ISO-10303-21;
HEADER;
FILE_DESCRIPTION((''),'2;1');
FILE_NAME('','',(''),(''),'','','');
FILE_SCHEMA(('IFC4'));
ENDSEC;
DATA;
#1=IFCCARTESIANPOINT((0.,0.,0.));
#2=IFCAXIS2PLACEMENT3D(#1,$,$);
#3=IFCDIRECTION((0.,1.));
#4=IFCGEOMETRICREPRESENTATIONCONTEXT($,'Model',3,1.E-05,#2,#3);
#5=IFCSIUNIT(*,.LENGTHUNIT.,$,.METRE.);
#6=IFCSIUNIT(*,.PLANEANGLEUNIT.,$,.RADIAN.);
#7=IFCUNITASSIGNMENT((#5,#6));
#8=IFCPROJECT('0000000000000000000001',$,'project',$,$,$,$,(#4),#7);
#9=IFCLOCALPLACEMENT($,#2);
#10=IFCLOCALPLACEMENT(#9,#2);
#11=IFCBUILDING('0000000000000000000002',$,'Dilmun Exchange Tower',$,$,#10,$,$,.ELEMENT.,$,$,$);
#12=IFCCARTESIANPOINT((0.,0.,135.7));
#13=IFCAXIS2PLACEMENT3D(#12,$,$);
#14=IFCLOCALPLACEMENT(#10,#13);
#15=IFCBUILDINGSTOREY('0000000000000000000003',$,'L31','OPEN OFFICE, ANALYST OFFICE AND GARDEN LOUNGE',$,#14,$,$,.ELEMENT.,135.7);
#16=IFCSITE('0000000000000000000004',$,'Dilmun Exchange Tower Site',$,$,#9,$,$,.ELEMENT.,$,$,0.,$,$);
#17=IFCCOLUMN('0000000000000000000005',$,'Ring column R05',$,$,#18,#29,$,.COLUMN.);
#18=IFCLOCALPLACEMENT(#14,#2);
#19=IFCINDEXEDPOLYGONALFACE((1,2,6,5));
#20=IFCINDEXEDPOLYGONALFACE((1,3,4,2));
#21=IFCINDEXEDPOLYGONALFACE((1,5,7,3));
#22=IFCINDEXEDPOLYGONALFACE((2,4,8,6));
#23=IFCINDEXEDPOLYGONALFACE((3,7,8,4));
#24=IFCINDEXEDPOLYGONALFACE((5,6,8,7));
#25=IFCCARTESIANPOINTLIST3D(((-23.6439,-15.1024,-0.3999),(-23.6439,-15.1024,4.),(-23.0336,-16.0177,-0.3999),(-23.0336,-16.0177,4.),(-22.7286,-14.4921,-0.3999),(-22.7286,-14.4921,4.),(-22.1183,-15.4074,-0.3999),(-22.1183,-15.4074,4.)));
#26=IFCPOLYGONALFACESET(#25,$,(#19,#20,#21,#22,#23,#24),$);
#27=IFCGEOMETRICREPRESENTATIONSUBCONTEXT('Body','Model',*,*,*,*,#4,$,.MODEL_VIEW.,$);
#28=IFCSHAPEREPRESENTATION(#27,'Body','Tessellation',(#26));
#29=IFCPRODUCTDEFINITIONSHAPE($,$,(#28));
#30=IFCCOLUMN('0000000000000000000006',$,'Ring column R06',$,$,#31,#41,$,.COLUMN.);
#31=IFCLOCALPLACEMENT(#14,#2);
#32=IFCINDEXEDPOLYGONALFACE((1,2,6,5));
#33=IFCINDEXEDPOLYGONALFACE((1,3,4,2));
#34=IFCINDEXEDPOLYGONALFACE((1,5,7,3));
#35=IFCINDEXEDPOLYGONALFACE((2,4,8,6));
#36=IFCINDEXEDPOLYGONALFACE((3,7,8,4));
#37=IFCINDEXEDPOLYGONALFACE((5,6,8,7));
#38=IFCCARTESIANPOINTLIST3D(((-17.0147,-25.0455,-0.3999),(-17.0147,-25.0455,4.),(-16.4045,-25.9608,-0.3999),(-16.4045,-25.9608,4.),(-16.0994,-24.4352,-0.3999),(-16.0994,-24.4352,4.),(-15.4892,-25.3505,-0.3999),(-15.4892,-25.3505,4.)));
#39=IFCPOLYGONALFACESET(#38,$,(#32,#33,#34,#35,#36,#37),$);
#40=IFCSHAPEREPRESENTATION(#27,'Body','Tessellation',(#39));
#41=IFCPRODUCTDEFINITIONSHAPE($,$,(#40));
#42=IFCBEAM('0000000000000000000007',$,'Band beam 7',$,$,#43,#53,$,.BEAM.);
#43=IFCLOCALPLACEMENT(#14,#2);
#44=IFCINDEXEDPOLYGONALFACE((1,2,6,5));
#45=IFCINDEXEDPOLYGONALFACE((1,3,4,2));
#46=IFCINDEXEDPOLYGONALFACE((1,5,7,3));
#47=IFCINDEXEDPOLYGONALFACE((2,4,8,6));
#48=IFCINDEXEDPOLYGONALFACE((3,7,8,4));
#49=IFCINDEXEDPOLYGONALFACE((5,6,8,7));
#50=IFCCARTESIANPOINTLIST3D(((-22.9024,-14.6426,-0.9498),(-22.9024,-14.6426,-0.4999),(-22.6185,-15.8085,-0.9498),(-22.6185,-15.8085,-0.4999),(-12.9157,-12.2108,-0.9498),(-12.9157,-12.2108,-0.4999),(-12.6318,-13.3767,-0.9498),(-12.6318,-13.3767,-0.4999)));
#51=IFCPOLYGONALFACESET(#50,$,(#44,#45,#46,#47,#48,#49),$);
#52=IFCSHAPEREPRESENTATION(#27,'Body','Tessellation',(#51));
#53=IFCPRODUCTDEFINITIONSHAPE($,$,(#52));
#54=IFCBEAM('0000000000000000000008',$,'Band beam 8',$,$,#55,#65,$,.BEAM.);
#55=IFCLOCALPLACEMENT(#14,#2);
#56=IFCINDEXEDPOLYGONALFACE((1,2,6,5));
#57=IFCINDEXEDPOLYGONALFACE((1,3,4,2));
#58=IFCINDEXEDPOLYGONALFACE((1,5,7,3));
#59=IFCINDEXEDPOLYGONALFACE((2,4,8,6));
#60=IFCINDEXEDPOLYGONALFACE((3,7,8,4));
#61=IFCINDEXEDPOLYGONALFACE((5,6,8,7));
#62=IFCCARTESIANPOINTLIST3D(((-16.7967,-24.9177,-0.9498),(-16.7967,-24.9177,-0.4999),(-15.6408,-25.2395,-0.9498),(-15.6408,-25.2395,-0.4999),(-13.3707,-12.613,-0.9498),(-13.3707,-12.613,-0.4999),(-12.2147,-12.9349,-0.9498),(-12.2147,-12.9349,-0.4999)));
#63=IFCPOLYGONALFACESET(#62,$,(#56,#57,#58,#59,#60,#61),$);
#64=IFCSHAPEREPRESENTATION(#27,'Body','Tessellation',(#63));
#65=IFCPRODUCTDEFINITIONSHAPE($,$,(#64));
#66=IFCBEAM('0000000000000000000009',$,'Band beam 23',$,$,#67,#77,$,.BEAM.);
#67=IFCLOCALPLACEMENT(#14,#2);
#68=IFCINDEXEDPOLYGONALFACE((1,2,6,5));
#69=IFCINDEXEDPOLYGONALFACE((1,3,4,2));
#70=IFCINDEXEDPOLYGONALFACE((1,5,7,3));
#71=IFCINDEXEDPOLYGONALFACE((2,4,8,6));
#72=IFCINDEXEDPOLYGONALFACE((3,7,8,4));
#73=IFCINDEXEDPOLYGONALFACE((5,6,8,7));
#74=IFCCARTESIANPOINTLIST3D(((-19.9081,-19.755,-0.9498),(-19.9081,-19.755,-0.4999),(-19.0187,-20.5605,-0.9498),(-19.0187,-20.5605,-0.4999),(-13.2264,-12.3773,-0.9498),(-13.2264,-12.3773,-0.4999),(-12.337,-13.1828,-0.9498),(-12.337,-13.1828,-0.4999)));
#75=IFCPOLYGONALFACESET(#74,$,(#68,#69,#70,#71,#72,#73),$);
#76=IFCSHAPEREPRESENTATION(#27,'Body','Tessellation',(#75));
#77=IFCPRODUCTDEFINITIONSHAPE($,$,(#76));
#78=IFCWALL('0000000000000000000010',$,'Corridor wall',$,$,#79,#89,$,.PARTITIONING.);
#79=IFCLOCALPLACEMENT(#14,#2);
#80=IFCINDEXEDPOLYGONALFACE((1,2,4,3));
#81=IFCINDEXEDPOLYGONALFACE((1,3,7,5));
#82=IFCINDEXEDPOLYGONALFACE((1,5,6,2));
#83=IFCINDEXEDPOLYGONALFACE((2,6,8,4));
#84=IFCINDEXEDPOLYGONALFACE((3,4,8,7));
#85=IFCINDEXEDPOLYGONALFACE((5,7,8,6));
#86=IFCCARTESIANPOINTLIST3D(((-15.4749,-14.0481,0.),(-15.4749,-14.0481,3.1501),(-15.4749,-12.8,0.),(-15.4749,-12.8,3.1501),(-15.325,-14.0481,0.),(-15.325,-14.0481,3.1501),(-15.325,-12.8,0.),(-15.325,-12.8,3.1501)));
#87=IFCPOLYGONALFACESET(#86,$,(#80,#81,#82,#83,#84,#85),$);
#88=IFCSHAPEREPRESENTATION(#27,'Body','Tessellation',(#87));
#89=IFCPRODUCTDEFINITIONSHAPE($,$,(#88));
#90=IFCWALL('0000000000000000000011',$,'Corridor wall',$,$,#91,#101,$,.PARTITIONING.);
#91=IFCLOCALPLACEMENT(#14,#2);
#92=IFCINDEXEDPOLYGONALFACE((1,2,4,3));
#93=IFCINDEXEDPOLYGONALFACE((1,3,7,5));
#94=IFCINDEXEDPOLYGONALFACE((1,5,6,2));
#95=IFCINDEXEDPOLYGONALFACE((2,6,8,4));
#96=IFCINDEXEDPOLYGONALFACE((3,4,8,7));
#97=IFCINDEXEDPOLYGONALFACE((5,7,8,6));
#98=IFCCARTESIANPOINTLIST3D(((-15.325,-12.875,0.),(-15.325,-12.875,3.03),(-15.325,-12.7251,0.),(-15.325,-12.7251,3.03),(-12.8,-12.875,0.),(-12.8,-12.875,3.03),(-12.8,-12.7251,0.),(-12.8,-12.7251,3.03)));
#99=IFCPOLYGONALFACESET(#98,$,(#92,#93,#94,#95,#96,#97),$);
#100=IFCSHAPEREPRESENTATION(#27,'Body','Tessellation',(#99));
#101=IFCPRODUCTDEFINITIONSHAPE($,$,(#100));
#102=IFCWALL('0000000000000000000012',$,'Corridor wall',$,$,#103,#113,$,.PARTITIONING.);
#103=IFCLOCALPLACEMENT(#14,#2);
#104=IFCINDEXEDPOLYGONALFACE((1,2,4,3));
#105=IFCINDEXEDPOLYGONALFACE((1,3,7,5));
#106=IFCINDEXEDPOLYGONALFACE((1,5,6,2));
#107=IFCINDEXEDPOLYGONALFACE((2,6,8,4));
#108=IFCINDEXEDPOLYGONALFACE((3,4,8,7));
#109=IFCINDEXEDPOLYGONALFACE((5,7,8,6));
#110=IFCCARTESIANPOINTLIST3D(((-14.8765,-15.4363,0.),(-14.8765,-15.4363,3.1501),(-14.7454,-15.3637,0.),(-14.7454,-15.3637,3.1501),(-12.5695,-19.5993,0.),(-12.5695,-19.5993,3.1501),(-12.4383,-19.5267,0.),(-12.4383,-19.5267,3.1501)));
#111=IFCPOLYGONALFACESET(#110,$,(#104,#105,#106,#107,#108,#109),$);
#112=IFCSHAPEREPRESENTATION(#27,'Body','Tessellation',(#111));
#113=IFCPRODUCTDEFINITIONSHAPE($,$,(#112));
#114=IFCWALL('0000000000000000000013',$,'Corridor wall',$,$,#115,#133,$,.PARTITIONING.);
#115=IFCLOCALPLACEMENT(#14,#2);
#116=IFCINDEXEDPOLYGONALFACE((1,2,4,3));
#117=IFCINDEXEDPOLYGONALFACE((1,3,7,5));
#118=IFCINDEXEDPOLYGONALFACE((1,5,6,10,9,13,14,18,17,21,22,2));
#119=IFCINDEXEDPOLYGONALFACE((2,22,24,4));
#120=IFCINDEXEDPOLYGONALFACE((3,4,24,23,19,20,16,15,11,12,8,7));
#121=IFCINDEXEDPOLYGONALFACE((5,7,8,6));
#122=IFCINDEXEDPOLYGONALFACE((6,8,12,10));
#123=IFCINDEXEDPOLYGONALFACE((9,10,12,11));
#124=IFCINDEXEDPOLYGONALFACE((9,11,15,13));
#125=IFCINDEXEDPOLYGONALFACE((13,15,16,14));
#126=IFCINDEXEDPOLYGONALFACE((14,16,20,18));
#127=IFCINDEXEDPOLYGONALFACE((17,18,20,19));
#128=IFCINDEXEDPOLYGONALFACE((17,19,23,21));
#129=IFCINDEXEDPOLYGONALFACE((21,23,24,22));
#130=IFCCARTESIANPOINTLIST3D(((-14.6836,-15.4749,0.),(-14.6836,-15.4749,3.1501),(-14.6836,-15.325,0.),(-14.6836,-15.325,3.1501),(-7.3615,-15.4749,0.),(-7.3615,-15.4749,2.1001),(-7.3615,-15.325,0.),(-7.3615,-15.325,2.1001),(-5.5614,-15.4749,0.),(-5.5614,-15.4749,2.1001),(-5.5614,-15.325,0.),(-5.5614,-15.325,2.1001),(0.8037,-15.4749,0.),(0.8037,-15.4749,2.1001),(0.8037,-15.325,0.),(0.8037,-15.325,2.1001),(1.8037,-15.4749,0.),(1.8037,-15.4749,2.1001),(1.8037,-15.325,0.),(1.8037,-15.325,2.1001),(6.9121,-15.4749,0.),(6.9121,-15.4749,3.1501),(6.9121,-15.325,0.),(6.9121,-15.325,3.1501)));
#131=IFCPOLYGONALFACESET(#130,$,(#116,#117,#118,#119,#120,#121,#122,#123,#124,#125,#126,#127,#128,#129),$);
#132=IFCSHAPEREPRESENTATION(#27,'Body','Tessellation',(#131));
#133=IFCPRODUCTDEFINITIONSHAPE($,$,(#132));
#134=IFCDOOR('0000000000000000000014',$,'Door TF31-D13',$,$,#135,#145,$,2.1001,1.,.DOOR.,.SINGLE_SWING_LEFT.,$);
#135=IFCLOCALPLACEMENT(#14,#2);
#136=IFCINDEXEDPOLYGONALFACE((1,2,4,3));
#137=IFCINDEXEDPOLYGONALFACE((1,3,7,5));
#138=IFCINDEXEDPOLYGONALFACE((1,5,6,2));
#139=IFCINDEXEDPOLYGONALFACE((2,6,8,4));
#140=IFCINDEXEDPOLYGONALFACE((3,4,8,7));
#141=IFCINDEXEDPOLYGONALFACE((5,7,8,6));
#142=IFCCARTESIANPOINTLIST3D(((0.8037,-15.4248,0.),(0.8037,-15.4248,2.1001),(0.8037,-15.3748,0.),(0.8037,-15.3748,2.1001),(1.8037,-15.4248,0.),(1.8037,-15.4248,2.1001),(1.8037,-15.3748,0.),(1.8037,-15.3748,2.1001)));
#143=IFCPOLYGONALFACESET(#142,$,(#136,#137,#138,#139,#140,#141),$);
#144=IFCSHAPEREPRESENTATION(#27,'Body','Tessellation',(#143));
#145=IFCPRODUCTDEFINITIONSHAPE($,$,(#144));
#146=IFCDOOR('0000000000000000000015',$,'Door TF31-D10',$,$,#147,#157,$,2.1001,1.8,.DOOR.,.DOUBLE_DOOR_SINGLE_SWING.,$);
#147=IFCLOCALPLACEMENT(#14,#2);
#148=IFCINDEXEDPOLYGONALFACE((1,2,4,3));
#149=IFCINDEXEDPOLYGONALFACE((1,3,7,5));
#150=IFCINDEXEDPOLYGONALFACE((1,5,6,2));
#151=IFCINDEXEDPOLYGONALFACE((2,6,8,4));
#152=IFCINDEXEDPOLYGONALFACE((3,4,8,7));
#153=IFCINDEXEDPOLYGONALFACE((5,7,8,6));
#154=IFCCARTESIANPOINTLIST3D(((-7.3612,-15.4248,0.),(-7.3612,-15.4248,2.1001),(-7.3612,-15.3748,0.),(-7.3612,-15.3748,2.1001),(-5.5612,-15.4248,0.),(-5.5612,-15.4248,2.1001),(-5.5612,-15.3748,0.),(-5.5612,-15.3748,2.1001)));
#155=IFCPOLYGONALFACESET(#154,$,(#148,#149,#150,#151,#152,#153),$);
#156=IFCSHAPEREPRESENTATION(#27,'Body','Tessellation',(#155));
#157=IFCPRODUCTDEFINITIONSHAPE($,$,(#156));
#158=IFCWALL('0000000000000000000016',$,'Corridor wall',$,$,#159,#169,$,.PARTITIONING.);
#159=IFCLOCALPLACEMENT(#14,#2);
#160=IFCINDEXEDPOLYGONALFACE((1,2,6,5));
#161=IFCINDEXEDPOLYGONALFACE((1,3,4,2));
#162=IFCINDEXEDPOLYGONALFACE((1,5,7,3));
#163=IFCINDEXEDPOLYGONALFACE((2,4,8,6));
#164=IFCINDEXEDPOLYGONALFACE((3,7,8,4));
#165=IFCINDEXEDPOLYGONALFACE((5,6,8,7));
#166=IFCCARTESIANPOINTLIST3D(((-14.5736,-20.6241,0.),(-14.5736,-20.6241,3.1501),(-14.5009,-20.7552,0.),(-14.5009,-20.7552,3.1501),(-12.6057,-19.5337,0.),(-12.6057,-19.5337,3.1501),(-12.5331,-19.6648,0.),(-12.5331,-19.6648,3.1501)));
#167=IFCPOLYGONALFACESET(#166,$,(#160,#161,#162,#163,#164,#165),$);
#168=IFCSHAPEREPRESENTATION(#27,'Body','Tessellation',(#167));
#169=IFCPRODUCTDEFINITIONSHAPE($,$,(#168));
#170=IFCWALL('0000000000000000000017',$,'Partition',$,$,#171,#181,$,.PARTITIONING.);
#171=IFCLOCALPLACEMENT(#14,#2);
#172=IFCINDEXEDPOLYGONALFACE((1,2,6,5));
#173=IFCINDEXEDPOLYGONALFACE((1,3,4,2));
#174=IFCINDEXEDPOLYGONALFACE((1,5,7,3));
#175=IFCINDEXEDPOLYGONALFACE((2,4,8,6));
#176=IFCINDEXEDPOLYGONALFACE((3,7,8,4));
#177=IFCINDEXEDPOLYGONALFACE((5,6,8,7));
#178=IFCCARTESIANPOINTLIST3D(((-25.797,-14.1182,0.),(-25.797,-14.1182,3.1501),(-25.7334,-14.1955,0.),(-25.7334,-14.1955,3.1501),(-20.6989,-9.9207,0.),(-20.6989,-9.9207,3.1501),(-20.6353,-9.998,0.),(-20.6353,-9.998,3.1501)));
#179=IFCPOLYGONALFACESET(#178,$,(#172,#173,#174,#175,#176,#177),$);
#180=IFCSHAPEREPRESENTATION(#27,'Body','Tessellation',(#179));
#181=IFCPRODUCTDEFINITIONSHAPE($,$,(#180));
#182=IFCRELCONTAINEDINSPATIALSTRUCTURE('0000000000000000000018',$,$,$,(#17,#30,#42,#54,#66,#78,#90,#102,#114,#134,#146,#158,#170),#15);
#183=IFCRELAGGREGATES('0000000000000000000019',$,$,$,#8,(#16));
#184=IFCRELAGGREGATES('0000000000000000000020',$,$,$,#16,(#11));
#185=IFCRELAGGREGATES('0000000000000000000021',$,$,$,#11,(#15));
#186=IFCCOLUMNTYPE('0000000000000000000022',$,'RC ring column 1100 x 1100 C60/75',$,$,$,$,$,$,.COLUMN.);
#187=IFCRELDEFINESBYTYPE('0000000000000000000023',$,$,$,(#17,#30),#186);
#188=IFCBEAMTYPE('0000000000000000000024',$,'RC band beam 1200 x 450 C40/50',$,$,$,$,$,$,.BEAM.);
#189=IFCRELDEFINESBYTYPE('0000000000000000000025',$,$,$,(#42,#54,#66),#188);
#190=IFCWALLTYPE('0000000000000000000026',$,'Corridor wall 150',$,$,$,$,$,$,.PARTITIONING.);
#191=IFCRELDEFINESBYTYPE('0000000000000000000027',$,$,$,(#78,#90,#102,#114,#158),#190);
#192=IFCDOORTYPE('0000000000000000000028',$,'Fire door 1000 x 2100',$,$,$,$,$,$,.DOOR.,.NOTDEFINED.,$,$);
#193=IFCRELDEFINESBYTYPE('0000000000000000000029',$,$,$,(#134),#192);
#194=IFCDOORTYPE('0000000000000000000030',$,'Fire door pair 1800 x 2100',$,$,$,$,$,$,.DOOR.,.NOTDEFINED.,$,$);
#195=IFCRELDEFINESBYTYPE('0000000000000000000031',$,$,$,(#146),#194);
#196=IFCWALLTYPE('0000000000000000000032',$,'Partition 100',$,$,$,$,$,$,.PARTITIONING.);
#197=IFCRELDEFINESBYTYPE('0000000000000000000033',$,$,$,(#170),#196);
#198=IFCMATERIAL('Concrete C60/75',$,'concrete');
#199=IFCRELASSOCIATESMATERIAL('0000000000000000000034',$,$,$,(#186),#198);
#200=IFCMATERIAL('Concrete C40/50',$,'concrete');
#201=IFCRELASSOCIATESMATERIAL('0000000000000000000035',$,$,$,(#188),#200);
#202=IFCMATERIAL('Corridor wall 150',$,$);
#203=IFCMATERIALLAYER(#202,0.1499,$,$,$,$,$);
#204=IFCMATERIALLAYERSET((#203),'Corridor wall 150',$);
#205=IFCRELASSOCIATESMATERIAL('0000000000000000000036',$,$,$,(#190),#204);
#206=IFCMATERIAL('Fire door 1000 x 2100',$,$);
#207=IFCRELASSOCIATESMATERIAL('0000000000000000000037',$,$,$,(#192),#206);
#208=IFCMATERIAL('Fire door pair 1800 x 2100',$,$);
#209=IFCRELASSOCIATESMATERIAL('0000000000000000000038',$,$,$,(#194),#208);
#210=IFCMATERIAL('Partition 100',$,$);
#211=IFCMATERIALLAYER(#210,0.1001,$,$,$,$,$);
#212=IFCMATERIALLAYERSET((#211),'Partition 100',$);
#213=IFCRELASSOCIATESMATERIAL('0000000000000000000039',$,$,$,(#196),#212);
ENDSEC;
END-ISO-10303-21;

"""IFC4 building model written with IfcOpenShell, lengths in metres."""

from ifc_helpers import new_model, si_unit, direction, frame, frame_2d, origin, origin_2d, place, context, subcontext, project, spatial, rectangle, extrude, material, layer, layer_set, material_profile, profile_set, type_object, element, fill, save


model = new_model("IFC4")

# Units and contexts
model_context = context("Model", 3, precision=1e-05, world=origin(), true_north=direction((0.0, 1.0)))
body_context = subcontext(model_context, "Body", "Model", "MODEL_VIEW")
ifc_project = project(units=[si_unit("LENGTHUNIT", "METRE"), si_unit("PLANEANGLEUNIT", "RADIAN")], contexts=[model_context])

# Site, building, storey
site_placement = place(None, origin())
site = spatial("IfcSite", under=ifc_project, at=site_placement, Name="Dilmun Exchange Tower Site", CompositionType="ELEMENT", RefElevation=0.0)
building_placement = place(site_placement, origin())
building = spatial("IfcBuilding", under=site, at=building_placement, Name="Dilmun Exchange Tower", CompositionType="ELEMENT")
storey_placement = place(building_placement, frame((0.0, 0.0, 135.7)))
storey = spatial("IfcBuildingStorey", under=building, at=storey_placement, Name="L31", Description="OPEN OFFICE, ANALYST OFFICE AND GARDEN LOUNGE", CompositionType="ELEMENT", Elevation=135.7)

# Columns
ifc_material_1 = material(Name="Concrete C60/75", Category="concrete")
ifc_material_profile_1 = material_profile(ifc_material_1, rectangle(XDim=1.1001, YDim=1.1001, at=origin_2d()), Name="1100 x 1100")
ifc_profile_set_1 = profile_set([ifc_material_profile_1], Name="Concrete C60/75")
column_type = type_object("IfcColumnType", Name="RC ring column 1100 x 1100 C60/75", PredefinedType="COLUMN", material=ifc_profile_set_1)
for number, where, z_axis, x_axis, name in (
    (1, (-22.8811, -15.2549, -0.3999), (0.0, 0.0, 1.0), (0.832029, 0.554733, 0.0), "Ring column R05"),
    (2, (-16.252, -25.198, -0.3999), (0.0, 0.0, 1.0), (0.832029, 0.554733, 0.0), "Ring column R06"),
):
    element("IfcColumn", number, at=place(storey_placement, frame(where, z_axis=z_axis, x_axis=x_axis)), inside=storey, type_object=column_type, Name=name, PredefinedType="COLUMN", context=body_context, shape_type="SweptSolid", body=[
        extrude(rectangle(XDim=1.1001, YDim=1.1001, at=origin_2d()), origin(), (0.0, 0.0, 1.0), 4.3999),
    ])

# Beams
ifc_material_2 = material(Name="Concrete C40/50", Category="concrete")
ifc_material_profile_2 = material_profile(ifc_material_2, rectangle(XDim=1.2, YDim=0.45, at=origin_2d()), Name="1200 x 450")
ifc_profile_set_2 = profile_set([ifc_material_profile_2], Name="Concrete C40/50")
beam_type = type_object("IfcBeamType", Name="RC band beam 1200 x 450 C40/50", PredefinedType="BEAM", material=ifc_profile_set_2)
beam_1_placement = place(storey_placement, frame((-22.7605, -15.2256, -0.7249), z_axis=(0.971608, 0.236596, 0.0), x_axis=(-0.236596, 0.971608, 0.0)))
element("IfcBeam", 3, at=beam_1_placement, inside=storey, type_object=beam_type, Name="Band beam 7", PredefinedType="BEAM", context=body_context, shape_type="SweptSolid", body=[
    extrude(rectangle(XDim=1.2, YDim=0.45, at=origin_2d()), origin(), (0.0, 0.0, 1.0), 10.2786),
])
beam_2_placement = place(storey_placement, frame((-16.2188, -25.0786, -0.7249), z_axis=(0.268229, 0.963355, 0.0), x_axis=(-0.963355, 0.268229, 0.0)))
element("IfcBeam", 4, at=beam_2_placement, inside=storey, type_object=beam_type, Name="Band beam 8", PredefinedType="BEAM", context=body_context, shape_type="SweptSolid", body=[
    extrude(rectangle(XDim=1.2, YDim=0.45, at=origin_2d()), origin(), (0.0, 0.0, 1.0), 12.7727),
])
beam_3_placement = place(storey_placement, frame((-19.4634, -20.1577, -0.7249), z_axis=(0.671277, 0.741206, 0.0), x_axis=(-0.741206, 0.671277, 0.0)))
element("IfcBeam", 5, at=beam_3_placement, inside=storey, type_object=beam_type, Name="Band beam 23", PredefinedType="BEAM", context=body_context, shape_type="SweptSolid", body=[
    extrude(rectangle(XDim=1.2, YDim=0.45, at=origin_2d()), origin(), (0.0, 0.0, 1.0), 9.9536),
])

# Walls
ifc_material_3 = material(Name="Corridor wall 150")
ifc_layer_1 = layer(ifc_material_3, 0.1499)
ifc_layer_set_1 = layer_set([ifc_layer_1], Name="Corridor wall 150")
wall_type_1 = type_object("IfcWallType", Name="Corridor wall 150", PredefinedType="PARTITIONING", material=ifc_layer_set_1)
wall_1_placement = place(storey_placement, frame((-15.3999, -14.0481, 0.0), z_axis=(0.0, 0.0, 1.0), x_axis=(0.0, 1.0, 0.0)))
element("IfcWall", 6, at=wall_1_placement, inside=storey, type_object=wall_type_1, Name="Corridor wall", PredefinedType="PARTITIONING", context=body_context, shape_type="SweptSolid", body=[
    extrude(rectangle(XDim=1.248, YDim=0.1499, at=frame_2d((0.624, 0.0))), origin(), (0.0, 0.0, 1.0), 3.1501),
])
wall_2_placement = place(storey_placement, frame((-15.325, -12.8, 0.0), z_axis=(0.0, 0.0, 1.0), x_axis=(1.0, 0.0, 0.0)))
element("IfcWall", 7, at=wall_2_placement, inside=storey, type_object=wall_type_1, Name="Corridor wall", PredefinedType="PARTITIONING", context=body_context, shape_type="SweptSolid", body=[
    extrude(rectangle(XDim=2.5249, YDim=0.1499, at=frame_2d((1.2625, 0.0))), origin(), (0.0, 0.0, 1.0), 3.03),
])
wall_3_placement = place(storey_placement, frame((-14.811, -15.3999, 0.0), z_axis=(0.0, 0.0, 1.0), x_axis=(0.484728, -0.874665, 0.0)))
element("IfcWall", 8, at=wall_3_placement, inside=storey, type_object=wall_type_1, Name="Corridor wall", PredefinedType="PARTITIONING", context=body_context, shape_type="SweptSolid", body=[
    extrude(rectangle(XDim=4.7595, YDim=0.1499, at=frame_2d((2.3799, 0.0))), origin(), (0.0, 0.0, 1.0), 3.1501),
])

# Wall, openings, doors
wall_4_placement = place(storey_placement, frame((-14.6836, -15.3999, 0.0), z_axis=(0.0, 0.0, 1.0), x_axis=(1.0, 0.0, 0.0)))
wall_4 = element("IfcWall", 9, at=wall_4_placement, inside=storey, type_object=wall_type_1, Name="Corridor wall", PredefinedType="PARTITIONING", context=body_context, shape_type="SweptSolid", body=[
    extrude(rectangle(XDim=21.5957, YDim=0.1499, at=frame_2d((10.7979, 0.0))), origin(), (0.0, 0.0, 1.0), 3.1501),
])
opening_1_placement = place(wall_4_placement, frame((7.3223, 0.0, 0.0)))
opening_1 = element("IfcOpeningElement", 10, at=opening_1_placement, cuts=wall_4, PredefinedType="OPENING", context=body_context, shape_type="SweptSolid", body=[
    extrude(rectangle(XDim=1.8, YDim=2.1001, at=frame_2d((0.8999, 1.05))), frame((0.0, 0.085, 0.0), z_axis=(0.0, -1.0, 0.0), x_axis=(1.0, 0.0, 0.0)), (0.0, 0.0, 1.0), 0.1699),
])
opening_2_placement = place(wall_4_placement, frame((15.4873, 0.0, 0.0)))
opening_2 = element("IfcOpeningElement", 11, at=opening_2_placement, cuts=wall_4, PredefinedType="OPENING", context=body_context, shape_type="SweptSolid", body=[
    extrude(rectangle(XDim=1.0, YDim=2.1001, at=frame_2d((0.5, 1.05))), frame((0.0, 0.085, 0.0), z_axis=(0.0, -1.0, 0.0), x_axis=(1.0, 0.0, 0.0)), (0.0, 0.0, 1.0), 0.1699),
])
ifc_material_4 = material(Name="Fire door 1000 x 2100")
door_type_1 = type_object("IfcDoorType", Name="Fire door 1000 x 2100", OperationType="NOTDEFINED", PredefinedType="DOOR", material=ifc_material_4)
door_1_placement = place(opening_2_placement, frame((1.0, 0.0, 0.0), z_axis=(0.0, 0.0, 1.0), x_axis=(-1.0, 0.0, 0.0)))
door_1 = element("IfcDoor", 12, at=door_1_placement, inside=storey, type_object=door_type_1, Name="Door TF31-D13", OperationType="SINGLE_SWING_LEFT", OverallHeight=2.1001, OverallWidth=1.0, PredefinedType="DOOR", context=body_context, shape_type="SweptSolid", body=[
    extrude(rectangle(XDim=1.0, YDim=2.1001, at=frame_2d((0.5, 1.05))), frame((0.0, 0.0249, 0.0), z_axis=(0.0, -1.0, 0.0), x_axis=(1.0, 0.0, 0.0)), (0.0, 0.0, 1.0), 0.05),
])
fill(opening_2, door_1)
ifc_material_5 = material(Name="Fire door pair 1800 x 2100")
door_type_2 = type_object("IfcDoorType", Name="Fire door pair 1800 x 2100", OperationType="NOTDEFINED", PredefinedType="DOOR", material=ifc_material_5)
door_2_placement = place(opening_1_placement, frame((1.8, 0.0, 0.0), z_axis=(0.0, 0.0, 1.0), x_axis=(-1.0, 0.0, 0.0)))
door_2 = element("IfcDoor", 13, at=door_2_placement, inside=storey, type_object=door_type_2, Name="Door TF31-D10", OperationType="DOUBLE_DOOR_SINGLE_SWING", OverallHeight=2.1001, OverallWidth=1.8, PredefinedType="DOOR", context=body_context, shape_type="SweptSolid", body=[
    extrude(rectangle(XDim=1.8, YDim=2.1001, at=frame_2d((0.8999, 1.05))), frame((0.0, 0.0249, 0.0), z_axis=(0.0, -1.0, 0.0), x_axis=(1.0, 0.0, 0.0)), (0.0, 0.0, 1.0), 0.05),
])
fill(opening_1, door_2)

# Walls
wall_5_placement = place(storey_placement, frame((-14.5374, -20.6897, 0.0), z_axis=(0.0, 0.0, 1.0), x_axis=(0.874699, 0.484666, 0.0)))
element("IfcWall", 14, at=wall_5_placement, inside=storey, type_object=wall_type_1, Name="Corridor wall", PredefinedType="PARTITIONING", context=body_context, shape_type="SweptSolid", body=[
    extrude(rectangle(XDim=2.2498, YDim=0.1499, at=frame_2d((1.125, 0.0))), origin(), (0.0, 0.0, 1.0), 3.1501),
])
ifc_material_6 = material(Name="Partition 100")
ifc_layer_2 = layer(ifc_material_6, 0.1001)
ifc_layer_set_2 = layer_set([ifc_layer_2], Name="Partition 100")
wall_type_2 = type_object("IfcWallType", Name="Partition 100", PredefinedType="PARTITIONING", material=ifc_layer_set_2)
wall_6_placement = place(storey_placement, frame((-25.7651, -14.1567, 0.0), z_axis=(0.0, 0.0, 1.0), x_axis=(0.772002, 0.63562, 0.0)))
element("IfcWall", 15, at=wall_6_placement, inside=storey, type_object=wall_type_2, Name="Partition", PredefinedType="PARTITIONING", context=body_context, shape_type="SweptSolid", body=[
    extrude(rectangle(XDim=6.6038, YDim=0.1001, at=frame_2d((3.3018, 0.0))), origin(), (0.0, 0.0, 1.0), 3.1501),
])

save(model, "model.ifc")
